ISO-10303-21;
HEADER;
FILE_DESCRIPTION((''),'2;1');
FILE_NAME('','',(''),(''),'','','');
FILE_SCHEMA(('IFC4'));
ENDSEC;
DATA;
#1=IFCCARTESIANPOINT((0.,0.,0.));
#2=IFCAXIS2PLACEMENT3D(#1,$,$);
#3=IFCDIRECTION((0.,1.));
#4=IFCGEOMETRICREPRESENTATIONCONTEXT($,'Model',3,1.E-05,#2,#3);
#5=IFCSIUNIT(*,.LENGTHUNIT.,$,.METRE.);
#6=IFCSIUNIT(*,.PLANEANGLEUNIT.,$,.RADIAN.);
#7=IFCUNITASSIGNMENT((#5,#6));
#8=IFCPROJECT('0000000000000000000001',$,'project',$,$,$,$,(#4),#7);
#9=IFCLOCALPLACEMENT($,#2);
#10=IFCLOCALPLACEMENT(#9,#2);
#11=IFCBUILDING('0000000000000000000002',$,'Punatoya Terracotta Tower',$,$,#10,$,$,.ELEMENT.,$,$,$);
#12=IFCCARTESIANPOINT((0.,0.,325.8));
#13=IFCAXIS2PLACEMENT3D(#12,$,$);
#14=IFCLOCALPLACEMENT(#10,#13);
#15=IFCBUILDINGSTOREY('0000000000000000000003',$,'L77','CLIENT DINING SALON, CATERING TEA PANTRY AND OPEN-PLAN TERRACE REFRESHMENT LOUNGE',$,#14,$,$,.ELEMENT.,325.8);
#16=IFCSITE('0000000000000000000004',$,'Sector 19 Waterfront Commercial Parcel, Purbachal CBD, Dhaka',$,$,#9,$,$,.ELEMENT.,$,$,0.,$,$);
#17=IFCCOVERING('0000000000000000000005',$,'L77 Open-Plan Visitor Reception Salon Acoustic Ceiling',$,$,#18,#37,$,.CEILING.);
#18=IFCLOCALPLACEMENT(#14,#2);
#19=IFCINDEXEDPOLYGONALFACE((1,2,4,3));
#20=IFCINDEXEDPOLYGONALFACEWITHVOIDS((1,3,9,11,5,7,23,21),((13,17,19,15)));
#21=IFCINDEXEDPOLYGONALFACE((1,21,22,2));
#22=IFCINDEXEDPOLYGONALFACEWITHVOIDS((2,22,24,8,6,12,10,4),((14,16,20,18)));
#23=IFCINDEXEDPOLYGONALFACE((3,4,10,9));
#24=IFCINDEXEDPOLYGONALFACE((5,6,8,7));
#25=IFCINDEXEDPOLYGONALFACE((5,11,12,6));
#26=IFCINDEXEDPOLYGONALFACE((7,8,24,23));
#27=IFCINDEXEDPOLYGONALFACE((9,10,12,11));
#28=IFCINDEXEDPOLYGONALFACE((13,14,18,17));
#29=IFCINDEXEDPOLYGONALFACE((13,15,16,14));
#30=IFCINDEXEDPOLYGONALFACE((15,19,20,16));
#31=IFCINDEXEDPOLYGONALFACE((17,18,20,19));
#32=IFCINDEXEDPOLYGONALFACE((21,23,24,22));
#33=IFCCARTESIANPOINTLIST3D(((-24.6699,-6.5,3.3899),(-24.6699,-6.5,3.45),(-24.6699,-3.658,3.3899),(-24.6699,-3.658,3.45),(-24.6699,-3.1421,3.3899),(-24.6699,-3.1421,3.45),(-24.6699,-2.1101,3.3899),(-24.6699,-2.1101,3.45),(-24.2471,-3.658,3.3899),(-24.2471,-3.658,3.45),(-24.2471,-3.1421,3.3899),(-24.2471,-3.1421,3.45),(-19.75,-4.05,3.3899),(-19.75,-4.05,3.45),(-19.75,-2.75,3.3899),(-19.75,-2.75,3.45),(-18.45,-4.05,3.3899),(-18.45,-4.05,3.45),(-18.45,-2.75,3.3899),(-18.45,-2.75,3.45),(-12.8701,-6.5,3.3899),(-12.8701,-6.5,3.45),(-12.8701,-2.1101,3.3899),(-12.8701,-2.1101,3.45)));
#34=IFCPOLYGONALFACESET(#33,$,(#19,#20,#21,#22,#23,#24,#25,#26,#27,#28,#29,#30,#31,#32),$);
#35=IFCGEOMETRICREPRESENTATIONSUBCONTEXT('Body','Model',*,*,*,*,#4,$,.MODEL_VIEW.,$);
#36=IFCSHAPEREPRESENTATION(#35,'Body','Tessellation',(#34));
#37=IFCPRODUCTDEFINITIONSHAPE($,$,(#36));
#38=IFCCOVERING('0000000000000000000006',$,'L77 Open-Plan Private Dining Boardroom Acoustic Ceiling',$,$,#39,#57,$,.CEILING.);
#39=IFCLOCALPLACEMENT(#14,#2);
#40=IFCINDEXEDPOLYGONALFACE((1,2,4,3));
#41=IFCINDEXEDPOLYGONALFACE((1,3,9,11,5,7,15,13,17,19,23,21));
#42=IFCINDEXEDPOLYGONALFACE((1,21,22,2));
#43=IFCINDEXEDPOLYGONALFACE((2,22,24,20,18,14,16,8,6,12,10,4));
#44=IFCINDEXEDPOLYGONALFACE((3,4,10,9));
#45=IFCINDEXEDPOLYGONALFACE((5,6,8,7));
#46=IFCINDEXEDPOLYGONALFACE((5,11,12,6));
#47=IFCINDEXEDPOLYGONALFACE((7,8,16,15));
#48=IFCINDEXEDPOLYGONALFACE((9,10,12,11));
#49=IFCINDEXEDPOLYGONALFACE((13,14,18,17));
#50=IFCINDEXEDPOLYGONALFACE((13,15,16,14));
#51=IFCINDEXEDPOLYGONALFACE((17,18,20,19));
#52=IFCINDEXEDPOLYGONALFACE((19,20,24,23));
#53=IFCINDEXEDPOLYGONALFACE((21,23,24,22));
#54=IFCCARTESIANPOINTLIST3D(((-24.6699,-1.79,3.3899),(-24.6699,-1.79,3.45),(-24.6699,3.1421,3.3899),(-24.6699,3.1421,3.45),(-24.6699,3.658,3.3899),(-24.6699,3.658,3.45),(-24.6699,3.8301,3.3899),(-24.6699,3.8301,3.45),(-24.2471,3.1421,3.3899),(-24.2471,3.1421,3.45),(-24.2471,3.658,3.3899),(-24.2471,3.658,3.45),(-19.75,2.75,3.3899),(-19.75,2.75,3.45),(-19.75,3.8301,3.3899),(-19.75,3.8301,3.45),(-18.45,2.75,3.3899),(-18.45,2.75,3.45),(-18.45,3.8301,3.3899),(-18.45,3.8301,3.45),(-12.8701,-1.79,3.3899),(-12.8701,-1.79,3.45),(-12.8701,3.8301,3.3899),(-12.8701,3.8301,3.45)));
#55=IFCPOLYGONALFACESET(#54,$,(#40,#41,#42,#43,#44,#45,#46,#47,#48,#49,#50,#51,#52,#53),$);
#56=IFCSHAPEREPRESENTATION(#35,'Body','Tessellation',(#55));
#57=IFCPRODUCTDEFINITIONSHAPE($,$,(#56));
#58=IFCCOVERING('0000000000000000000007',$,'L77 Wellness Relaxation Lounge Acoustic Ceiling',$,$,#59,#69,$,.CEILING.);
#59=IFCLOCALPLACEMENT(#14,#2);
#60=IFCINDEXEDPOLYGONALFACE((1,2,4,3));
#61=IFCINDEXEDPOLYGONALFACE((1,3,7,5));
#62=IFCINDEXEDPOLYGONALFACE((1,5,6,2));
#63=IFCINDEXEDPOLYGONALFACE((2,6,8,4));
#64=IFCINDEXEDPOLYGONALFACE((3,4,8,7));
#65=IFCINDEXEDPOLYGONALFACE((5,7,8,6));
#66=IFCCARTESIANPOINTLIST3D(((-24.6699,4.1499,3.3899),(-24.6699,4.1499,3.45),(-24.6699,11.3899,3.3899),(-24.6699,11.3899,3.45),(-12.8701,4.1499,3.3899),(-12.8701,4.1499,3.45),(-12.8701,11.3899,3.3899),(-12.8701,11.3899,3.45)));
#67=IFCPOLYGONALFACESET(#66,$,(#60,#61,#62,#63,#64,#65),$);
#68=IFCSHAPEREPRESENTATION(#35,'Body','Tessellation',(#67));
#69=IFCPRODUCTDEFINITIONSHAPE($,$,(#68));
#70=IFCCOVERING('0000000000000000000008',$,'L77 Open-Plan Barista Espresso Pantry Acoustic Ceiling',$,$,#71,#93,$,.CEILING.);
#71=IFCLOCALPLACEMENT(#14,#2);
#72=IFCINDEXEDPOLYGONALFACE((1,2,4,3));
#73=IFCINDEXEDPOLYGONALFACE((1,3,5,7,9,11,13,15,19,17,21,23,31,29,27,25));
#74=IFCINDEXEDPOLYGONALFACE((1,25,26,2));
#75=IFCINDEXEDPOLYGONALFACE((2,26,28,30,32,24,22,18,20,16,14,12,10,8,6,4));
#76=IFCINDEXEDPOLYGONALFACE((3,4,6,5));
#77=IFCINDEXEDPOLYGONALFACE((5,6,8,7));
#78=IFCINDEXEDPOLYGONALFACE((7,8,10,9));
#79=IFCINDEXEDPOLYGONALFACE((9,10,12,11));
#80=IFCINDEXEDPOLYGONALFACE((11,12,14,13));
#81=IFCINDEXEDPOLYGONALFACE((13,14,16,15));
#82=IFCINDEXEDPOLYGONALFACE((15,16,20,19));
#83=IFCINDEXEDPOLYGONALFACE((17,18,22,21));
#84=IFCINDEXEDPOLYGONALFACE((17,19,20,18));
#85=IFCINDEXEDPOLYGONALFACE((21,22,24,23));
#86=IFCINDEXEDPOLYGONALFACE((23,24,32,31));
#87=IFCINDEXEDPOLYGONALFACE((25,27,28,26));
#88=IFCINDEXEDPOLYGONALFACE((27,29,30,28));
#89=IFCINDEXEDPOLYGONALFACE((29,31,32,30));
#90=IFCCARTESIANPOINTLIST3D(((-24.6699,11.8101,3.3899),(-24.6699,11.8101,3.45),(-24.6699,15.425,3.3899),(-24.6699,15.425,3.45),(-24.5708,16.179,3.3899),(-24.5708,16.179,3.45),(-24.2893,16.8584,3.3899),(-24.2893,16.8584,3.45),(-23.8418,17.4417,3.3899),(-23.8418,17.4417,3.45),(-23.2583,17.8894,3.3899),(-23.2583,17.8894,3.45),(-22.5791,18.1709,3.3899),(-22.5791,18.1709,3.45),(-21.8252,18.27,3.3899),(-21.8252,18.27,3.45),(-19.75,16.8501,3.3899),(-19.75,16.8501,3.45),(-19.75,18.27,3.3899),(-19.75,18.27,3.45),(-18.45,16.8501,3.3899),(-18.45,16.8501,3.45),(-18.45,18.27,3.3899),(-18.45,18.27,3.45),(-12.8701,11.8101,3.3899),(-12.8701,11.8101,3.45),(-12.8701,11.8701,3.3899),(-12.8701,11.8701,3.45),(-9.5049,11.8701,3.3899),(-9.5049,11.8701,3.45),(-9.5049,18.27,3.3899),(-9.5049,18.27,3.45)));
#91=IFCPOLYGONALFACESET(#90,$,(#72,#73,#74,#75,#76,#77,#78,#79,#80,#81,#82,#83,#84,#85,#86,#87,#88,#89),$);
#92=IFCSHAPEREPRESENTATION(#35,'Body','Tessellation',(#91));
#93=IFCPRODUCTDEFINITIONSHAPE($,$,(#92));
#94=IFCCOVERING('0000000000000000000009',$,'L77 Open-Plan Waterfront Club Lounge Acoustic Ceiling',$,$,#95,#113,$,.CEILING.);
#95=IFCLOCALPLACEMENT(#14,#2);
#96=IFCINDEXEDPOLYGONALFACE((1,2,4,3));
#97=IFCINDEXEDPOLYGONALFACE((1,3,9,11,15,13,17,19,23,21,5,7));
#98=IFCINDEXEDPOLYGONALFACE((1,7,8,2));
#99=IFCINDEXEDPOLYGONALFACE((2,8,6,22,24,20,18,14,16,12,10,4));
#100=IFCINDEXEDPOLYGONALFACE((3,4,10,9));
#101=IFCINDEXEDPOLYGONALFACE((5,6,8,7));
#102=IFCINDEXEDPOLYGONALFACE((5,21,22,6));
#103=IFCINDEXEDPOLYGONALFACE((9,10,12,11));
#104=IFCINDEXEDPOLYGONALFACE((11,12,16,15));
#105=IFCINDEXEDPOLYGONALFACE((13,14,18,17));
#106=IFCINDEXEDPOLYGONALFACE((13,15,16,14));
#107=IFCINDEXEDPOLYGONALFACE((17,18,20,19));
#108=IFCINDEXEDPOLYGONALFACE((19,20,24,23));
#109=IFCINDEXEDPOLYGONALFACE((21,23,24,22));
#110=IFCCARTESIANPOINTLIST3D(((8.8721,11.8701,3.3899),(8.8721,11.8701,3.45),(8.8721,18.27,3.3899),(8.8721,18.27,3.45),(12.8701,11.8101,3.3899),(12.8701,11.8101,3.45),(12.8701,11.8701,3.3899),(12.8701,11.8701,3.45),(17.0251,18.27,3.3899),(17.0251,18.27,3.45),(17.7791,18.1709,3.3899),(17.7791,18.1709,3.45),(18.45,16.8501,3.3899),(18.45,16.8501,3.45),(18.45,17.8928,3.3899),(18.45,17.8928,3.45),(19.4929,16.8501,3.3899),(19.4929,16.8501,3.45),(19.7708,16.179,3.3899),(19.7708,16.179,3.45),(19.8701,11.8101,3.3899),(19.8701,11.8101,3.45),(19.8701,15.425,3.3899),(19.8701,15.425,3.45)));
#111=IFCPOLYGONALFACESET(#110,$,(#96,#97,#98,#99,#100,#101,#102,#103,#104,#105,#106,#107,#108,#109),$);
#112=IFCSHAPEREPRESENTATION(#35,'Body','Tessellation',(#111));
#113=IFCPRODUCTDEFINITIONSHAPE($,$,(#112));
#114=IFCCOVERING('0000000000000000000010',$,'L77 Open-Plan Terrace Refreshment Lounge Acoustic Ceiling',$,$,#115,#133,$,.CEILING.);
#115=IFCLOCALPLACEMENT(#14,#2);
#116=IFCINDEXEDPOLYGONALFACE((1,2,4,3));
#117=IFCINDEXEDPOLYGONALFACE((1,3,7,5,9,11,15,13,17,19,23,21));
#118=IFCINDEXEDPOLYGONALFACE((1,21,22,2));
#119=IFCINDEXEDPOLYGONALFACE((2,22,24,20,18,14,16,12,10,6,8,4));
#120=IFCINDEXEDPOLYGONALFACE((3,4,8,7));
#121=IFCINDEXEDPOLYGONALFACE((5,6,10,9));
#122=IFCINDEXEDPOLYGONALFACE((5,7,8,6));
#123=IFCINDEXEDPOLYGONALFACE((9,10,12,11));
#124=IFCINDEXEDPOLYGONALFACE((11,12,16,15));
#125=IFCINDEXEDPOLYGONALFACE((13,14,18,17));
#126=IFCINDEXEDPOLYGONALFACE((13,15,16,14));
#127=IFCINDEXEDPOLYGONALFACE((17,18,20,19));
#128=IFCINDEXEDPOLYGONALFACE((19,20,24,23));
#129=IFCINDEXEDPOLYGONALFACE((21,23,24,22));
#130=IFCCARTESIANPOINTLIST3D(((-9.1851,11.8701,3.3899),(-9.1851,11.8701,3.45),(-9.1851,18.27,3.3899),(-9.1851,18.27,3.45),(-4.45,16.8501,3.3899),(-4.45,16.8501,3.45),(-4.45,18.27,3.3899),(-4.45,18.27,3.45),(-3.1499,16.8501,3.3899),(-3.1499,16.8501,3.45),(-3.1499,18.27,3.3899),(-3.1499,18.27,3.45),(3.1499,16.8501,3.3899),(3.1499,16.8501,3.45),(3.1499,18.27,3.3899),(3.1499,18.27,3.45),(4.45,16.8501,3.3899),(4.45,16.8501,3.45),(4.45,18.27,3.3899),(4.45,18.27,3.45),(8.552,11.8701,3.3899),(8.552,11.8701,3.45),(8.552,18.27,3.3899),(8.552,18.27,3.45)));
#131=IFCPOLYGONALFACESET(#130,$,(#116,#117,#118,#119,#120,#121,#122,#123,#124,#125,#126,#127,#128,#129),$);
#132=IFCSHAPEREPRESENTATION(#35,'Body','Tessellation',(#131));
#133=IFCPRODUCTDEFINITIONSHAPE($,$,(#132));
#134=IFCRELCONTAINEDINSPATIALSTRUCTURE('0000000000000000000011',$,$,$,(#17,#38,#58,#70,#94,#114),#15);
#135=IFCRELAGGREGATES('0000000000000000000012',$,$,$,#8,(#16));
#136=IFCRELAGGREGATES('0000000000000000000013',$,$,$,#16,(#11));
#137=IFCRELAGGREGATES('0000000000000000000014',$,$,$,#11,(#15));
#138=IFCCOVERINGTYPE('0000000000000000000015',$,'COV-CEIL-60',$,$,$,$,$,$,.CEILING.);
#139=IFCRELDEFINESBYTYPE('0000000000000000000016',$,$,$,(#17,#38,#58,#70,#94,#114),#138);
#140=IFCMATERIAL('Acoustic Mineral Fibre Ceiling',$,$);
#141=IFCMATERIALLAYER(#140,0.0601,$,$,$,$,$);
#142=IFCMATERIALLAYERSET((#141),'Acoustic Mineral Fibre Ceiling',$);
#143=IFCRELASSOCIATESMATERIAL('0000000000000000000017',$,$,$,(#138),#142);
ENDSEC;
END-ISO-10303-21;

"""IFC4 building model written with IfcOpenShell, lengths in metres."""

from ifc_helpers import new_model, si_unit, direction, frame, origin, place, context, subcontext, project, spatial, polyline, outline, extrude, material, layer, layer_set, type_object, element, save


model = new_model("IFC4")

# Units and contexts
model_context = context("Model", 3, precision=1e-05, world=origin(), true_north=direction((0.0, 1.0)))
body_context = subcontext(model_context, "Body", "Model", "MODEL_VIEW")
ifc_project = project(units=[si_unit("LENGTHUNIT", "METRE"), si_unit("PLANEANGLEUNIT", "RADIAN")], contexts=[model_context])

# Site, building, storey
site_placement = place(None, origin())
site = spatial("IfcSite", under=ifc_project, at=site_placement, Name="Sector 19 Waterfront Commercial Parcel, Purbachal CBD, Dhaka", CompositionType="ELEMENT", RefElevation=0.0)
building_placement = place(site_placement, origin())
building = spatial("IfcBuilding", under=site, at=building_placement, Name="Punatoya Terracotta Tower", CompositionType="ELEMENT")
storey_placement = place(building_placement, frame((0.0, 0.0, 325.8)))
storey = spatial("IfcBuildingStorey", under=building, at=storey_placement, Name="L77", Description="CLIENT DINING SALON, CATERING TEA PANTRY AND OPEN-PLAN TERRACE REFRESHMENT LOUNGE", CompositionType="ELEMENT", Elevation=325.8)

# Coverings
ifc_material_1 = material(Name="Acoustic Mineral Fibre Ceiling")
ifc_layer_1 = layer(ifc_material_1, 0.0601)
ifc_layer_set_1 = layer_set([ifc_layer_1], Name="Acoustic Mineral Fibre Ceiling")
covering_type = type_object("IfcCoveringType", Name="COV-CEIL-60", PredefinedType="CEILING", material=ifc_layer_set_1)
covering_1_placement = place(storey_placement, frame((0.0, 0.0, 3.3899)))
element("IfcCovering", 1, at=covering_1_placement, inside=storey, type_object=covering_type, Name="L77 Open-Plan Visitor Reception Salon Acoustic Ceiling", PredefinedType="CEILING", context=body_context, shape_type="SweptSolid", body=[
    extrude(outline(polyline([(-24.2471, -3.1421), (-24.2471, -3.658), (-24.6699, -3.658), (-24.6699, -6.5), (-12.8701, -6.5), (-12.8701, -2.1101), (-24.6699, -2.1101), (-24.6699, -3.1421), (-24.2471, -3.1421)]), holes=[polyline([(-18.45, -4.05), (-19.75, -4.05), (-19.75, -2.75), (-18.45, -2.75), (-18.45, -4.05)])]), origin(), (0.0, 0.0, 1.0), 0.0601),
])
covering_2_placement = place(storey_placement, frame((0.0, 0.0, 3.3899)))
element("IfcCovering", 2, at=covering_2_placement, inside=storey, type_object=covering_type, Name="L77 Open-Plan Private Dining Boardroom Acoustic Ceiling", PredefinedType="CEILING", context=body_context, shape_type="SweptSolid", body=[
    extrude(outline(polyline([(-19.75, 2.75), (-19.75, 3.8301), (-24.6699, 3.8301), (-24.6699, 3.658), (-24.2471, 3.658), (-24.2471, 3.1421), (-24.6699, 3.1421), (-24.6699, -1.79), (-12.8701, -1.79), (-12.8701, 3.8301), (-18.45, 3.8301), (-18.45, 2.75), (-19.75, 2.75)])), origin(), (0.0, 0.0, 1.0), 0.0601),
])
covering_3_placement = place(storey_placement, frame((0.0, 0.0, 3.3899)))
element("IfcCovering", 3, at=covering_3_placement, inside=storey, type_object=covering_type, Name="L77 Wellness Relaxation Lounge Acoustic Ceiling", PredefinedType="CEILING", context=body_context, shape_type="SweptSolid", body=[
    extrude(outline(polyline([(-12.8701, 4.1499), (-12.8701, 11.3899), (-24.6699, 11.3899), (-24.6699, 4.1499), (-12.8701, 4.1499)])), origin(), (0.0, 0.0, 1.0), 0.0601),
])
covering_4_placement = place(storey_placement, frame((0.0, 0.0, 3.3899)))
element("IfcCovering", 4, at=covering_4_placement, inside=storey, type_object=covering_type, Name="L77 Open-Plan Barista Espresso Pantry Acoustic Ceiling", PredefinedType="CEILING", context=body_context, shape_type="SweptSolid", body=[
    extrude(outline(polyline([(-19.75, 18.27), (-21.8252, 18.27), (-22.5791, 18.1709), (-23.2583, 17.8894), (-23.8418, 17.4417), (-24.2893, 16.8584), (-24.5708, 16.179), (-24.6699, 15.425), (-24.6699, 11.8101), (-12.8701, 11.8101), (-12.8701, 11.8701), (-9.5049, 11.8701), (-9.5049, 18.27), (-18.45, 18.27), (-18.45, 16.8501), (-19.75, 16.8501), (-19.75, 18.27)])), origin(), (0.0, 0.0, 1.0), 0.0601),
])
covering_5_placement = place(storey_placement, frame((0.0, 0.0, 3.3899)))
element("IfcCovering", 5, at=covering_5_placement, inside=storey, type_object=covering_type, Name="L77 Open-Plan Waterfront Club Lounge Acoustic Ceiling", PredefinedType="CEILING", context=body_context, shape_type="SweptSolid", body=[
    extrude(outline(polyline([(12.8701, 11.8101), (19.8701, 11.8101), (19.8701, 15.425), (19.7708, 16.179), (19.4929, 16.8501), (18.45, 16.8501), (18.45, 17.8928), (17.7791, 18.1709), (17.0251, 18.27), (8.8721, 18.27), (8.8721, 11.8701), (12.8701, 11.8701), (12.8701, 11.8101)])), origin(), (0.0, 0.0, 1.0), 0.0601),
])
covering_6_placement = place(storey_placement, frame((0.0, 0.0, 3.3899)))
element("IfcCovering", 6, at=covering_6_placement, inside=storey, type_object=covering_type, Name="L77 Open-Plan Terrace Refreshment Lounge Acoustic Ceiling", PredefinedType="CEILING", context=body_context, shape_type="SweptSolid", body=[
    extrude(outline(polyline([(-4.45, 16.8501), (-4.45, 18.27), (-9.1851, 18.27), (-9.1851, 11.8701), (8.552, 11.8701), (8.552, 18.27), (4.45, 18.27), (4.45, 16.8501), (3.1499, 16.8501), (3.1499, 18.27), (-3.1499, 18.27), (-3.1499, 16.8501), (-4.45, 16.8501)])), origin(), (0.0, 0.0, 1.0), 0.0601),
])

save(model, "model.ifc")
